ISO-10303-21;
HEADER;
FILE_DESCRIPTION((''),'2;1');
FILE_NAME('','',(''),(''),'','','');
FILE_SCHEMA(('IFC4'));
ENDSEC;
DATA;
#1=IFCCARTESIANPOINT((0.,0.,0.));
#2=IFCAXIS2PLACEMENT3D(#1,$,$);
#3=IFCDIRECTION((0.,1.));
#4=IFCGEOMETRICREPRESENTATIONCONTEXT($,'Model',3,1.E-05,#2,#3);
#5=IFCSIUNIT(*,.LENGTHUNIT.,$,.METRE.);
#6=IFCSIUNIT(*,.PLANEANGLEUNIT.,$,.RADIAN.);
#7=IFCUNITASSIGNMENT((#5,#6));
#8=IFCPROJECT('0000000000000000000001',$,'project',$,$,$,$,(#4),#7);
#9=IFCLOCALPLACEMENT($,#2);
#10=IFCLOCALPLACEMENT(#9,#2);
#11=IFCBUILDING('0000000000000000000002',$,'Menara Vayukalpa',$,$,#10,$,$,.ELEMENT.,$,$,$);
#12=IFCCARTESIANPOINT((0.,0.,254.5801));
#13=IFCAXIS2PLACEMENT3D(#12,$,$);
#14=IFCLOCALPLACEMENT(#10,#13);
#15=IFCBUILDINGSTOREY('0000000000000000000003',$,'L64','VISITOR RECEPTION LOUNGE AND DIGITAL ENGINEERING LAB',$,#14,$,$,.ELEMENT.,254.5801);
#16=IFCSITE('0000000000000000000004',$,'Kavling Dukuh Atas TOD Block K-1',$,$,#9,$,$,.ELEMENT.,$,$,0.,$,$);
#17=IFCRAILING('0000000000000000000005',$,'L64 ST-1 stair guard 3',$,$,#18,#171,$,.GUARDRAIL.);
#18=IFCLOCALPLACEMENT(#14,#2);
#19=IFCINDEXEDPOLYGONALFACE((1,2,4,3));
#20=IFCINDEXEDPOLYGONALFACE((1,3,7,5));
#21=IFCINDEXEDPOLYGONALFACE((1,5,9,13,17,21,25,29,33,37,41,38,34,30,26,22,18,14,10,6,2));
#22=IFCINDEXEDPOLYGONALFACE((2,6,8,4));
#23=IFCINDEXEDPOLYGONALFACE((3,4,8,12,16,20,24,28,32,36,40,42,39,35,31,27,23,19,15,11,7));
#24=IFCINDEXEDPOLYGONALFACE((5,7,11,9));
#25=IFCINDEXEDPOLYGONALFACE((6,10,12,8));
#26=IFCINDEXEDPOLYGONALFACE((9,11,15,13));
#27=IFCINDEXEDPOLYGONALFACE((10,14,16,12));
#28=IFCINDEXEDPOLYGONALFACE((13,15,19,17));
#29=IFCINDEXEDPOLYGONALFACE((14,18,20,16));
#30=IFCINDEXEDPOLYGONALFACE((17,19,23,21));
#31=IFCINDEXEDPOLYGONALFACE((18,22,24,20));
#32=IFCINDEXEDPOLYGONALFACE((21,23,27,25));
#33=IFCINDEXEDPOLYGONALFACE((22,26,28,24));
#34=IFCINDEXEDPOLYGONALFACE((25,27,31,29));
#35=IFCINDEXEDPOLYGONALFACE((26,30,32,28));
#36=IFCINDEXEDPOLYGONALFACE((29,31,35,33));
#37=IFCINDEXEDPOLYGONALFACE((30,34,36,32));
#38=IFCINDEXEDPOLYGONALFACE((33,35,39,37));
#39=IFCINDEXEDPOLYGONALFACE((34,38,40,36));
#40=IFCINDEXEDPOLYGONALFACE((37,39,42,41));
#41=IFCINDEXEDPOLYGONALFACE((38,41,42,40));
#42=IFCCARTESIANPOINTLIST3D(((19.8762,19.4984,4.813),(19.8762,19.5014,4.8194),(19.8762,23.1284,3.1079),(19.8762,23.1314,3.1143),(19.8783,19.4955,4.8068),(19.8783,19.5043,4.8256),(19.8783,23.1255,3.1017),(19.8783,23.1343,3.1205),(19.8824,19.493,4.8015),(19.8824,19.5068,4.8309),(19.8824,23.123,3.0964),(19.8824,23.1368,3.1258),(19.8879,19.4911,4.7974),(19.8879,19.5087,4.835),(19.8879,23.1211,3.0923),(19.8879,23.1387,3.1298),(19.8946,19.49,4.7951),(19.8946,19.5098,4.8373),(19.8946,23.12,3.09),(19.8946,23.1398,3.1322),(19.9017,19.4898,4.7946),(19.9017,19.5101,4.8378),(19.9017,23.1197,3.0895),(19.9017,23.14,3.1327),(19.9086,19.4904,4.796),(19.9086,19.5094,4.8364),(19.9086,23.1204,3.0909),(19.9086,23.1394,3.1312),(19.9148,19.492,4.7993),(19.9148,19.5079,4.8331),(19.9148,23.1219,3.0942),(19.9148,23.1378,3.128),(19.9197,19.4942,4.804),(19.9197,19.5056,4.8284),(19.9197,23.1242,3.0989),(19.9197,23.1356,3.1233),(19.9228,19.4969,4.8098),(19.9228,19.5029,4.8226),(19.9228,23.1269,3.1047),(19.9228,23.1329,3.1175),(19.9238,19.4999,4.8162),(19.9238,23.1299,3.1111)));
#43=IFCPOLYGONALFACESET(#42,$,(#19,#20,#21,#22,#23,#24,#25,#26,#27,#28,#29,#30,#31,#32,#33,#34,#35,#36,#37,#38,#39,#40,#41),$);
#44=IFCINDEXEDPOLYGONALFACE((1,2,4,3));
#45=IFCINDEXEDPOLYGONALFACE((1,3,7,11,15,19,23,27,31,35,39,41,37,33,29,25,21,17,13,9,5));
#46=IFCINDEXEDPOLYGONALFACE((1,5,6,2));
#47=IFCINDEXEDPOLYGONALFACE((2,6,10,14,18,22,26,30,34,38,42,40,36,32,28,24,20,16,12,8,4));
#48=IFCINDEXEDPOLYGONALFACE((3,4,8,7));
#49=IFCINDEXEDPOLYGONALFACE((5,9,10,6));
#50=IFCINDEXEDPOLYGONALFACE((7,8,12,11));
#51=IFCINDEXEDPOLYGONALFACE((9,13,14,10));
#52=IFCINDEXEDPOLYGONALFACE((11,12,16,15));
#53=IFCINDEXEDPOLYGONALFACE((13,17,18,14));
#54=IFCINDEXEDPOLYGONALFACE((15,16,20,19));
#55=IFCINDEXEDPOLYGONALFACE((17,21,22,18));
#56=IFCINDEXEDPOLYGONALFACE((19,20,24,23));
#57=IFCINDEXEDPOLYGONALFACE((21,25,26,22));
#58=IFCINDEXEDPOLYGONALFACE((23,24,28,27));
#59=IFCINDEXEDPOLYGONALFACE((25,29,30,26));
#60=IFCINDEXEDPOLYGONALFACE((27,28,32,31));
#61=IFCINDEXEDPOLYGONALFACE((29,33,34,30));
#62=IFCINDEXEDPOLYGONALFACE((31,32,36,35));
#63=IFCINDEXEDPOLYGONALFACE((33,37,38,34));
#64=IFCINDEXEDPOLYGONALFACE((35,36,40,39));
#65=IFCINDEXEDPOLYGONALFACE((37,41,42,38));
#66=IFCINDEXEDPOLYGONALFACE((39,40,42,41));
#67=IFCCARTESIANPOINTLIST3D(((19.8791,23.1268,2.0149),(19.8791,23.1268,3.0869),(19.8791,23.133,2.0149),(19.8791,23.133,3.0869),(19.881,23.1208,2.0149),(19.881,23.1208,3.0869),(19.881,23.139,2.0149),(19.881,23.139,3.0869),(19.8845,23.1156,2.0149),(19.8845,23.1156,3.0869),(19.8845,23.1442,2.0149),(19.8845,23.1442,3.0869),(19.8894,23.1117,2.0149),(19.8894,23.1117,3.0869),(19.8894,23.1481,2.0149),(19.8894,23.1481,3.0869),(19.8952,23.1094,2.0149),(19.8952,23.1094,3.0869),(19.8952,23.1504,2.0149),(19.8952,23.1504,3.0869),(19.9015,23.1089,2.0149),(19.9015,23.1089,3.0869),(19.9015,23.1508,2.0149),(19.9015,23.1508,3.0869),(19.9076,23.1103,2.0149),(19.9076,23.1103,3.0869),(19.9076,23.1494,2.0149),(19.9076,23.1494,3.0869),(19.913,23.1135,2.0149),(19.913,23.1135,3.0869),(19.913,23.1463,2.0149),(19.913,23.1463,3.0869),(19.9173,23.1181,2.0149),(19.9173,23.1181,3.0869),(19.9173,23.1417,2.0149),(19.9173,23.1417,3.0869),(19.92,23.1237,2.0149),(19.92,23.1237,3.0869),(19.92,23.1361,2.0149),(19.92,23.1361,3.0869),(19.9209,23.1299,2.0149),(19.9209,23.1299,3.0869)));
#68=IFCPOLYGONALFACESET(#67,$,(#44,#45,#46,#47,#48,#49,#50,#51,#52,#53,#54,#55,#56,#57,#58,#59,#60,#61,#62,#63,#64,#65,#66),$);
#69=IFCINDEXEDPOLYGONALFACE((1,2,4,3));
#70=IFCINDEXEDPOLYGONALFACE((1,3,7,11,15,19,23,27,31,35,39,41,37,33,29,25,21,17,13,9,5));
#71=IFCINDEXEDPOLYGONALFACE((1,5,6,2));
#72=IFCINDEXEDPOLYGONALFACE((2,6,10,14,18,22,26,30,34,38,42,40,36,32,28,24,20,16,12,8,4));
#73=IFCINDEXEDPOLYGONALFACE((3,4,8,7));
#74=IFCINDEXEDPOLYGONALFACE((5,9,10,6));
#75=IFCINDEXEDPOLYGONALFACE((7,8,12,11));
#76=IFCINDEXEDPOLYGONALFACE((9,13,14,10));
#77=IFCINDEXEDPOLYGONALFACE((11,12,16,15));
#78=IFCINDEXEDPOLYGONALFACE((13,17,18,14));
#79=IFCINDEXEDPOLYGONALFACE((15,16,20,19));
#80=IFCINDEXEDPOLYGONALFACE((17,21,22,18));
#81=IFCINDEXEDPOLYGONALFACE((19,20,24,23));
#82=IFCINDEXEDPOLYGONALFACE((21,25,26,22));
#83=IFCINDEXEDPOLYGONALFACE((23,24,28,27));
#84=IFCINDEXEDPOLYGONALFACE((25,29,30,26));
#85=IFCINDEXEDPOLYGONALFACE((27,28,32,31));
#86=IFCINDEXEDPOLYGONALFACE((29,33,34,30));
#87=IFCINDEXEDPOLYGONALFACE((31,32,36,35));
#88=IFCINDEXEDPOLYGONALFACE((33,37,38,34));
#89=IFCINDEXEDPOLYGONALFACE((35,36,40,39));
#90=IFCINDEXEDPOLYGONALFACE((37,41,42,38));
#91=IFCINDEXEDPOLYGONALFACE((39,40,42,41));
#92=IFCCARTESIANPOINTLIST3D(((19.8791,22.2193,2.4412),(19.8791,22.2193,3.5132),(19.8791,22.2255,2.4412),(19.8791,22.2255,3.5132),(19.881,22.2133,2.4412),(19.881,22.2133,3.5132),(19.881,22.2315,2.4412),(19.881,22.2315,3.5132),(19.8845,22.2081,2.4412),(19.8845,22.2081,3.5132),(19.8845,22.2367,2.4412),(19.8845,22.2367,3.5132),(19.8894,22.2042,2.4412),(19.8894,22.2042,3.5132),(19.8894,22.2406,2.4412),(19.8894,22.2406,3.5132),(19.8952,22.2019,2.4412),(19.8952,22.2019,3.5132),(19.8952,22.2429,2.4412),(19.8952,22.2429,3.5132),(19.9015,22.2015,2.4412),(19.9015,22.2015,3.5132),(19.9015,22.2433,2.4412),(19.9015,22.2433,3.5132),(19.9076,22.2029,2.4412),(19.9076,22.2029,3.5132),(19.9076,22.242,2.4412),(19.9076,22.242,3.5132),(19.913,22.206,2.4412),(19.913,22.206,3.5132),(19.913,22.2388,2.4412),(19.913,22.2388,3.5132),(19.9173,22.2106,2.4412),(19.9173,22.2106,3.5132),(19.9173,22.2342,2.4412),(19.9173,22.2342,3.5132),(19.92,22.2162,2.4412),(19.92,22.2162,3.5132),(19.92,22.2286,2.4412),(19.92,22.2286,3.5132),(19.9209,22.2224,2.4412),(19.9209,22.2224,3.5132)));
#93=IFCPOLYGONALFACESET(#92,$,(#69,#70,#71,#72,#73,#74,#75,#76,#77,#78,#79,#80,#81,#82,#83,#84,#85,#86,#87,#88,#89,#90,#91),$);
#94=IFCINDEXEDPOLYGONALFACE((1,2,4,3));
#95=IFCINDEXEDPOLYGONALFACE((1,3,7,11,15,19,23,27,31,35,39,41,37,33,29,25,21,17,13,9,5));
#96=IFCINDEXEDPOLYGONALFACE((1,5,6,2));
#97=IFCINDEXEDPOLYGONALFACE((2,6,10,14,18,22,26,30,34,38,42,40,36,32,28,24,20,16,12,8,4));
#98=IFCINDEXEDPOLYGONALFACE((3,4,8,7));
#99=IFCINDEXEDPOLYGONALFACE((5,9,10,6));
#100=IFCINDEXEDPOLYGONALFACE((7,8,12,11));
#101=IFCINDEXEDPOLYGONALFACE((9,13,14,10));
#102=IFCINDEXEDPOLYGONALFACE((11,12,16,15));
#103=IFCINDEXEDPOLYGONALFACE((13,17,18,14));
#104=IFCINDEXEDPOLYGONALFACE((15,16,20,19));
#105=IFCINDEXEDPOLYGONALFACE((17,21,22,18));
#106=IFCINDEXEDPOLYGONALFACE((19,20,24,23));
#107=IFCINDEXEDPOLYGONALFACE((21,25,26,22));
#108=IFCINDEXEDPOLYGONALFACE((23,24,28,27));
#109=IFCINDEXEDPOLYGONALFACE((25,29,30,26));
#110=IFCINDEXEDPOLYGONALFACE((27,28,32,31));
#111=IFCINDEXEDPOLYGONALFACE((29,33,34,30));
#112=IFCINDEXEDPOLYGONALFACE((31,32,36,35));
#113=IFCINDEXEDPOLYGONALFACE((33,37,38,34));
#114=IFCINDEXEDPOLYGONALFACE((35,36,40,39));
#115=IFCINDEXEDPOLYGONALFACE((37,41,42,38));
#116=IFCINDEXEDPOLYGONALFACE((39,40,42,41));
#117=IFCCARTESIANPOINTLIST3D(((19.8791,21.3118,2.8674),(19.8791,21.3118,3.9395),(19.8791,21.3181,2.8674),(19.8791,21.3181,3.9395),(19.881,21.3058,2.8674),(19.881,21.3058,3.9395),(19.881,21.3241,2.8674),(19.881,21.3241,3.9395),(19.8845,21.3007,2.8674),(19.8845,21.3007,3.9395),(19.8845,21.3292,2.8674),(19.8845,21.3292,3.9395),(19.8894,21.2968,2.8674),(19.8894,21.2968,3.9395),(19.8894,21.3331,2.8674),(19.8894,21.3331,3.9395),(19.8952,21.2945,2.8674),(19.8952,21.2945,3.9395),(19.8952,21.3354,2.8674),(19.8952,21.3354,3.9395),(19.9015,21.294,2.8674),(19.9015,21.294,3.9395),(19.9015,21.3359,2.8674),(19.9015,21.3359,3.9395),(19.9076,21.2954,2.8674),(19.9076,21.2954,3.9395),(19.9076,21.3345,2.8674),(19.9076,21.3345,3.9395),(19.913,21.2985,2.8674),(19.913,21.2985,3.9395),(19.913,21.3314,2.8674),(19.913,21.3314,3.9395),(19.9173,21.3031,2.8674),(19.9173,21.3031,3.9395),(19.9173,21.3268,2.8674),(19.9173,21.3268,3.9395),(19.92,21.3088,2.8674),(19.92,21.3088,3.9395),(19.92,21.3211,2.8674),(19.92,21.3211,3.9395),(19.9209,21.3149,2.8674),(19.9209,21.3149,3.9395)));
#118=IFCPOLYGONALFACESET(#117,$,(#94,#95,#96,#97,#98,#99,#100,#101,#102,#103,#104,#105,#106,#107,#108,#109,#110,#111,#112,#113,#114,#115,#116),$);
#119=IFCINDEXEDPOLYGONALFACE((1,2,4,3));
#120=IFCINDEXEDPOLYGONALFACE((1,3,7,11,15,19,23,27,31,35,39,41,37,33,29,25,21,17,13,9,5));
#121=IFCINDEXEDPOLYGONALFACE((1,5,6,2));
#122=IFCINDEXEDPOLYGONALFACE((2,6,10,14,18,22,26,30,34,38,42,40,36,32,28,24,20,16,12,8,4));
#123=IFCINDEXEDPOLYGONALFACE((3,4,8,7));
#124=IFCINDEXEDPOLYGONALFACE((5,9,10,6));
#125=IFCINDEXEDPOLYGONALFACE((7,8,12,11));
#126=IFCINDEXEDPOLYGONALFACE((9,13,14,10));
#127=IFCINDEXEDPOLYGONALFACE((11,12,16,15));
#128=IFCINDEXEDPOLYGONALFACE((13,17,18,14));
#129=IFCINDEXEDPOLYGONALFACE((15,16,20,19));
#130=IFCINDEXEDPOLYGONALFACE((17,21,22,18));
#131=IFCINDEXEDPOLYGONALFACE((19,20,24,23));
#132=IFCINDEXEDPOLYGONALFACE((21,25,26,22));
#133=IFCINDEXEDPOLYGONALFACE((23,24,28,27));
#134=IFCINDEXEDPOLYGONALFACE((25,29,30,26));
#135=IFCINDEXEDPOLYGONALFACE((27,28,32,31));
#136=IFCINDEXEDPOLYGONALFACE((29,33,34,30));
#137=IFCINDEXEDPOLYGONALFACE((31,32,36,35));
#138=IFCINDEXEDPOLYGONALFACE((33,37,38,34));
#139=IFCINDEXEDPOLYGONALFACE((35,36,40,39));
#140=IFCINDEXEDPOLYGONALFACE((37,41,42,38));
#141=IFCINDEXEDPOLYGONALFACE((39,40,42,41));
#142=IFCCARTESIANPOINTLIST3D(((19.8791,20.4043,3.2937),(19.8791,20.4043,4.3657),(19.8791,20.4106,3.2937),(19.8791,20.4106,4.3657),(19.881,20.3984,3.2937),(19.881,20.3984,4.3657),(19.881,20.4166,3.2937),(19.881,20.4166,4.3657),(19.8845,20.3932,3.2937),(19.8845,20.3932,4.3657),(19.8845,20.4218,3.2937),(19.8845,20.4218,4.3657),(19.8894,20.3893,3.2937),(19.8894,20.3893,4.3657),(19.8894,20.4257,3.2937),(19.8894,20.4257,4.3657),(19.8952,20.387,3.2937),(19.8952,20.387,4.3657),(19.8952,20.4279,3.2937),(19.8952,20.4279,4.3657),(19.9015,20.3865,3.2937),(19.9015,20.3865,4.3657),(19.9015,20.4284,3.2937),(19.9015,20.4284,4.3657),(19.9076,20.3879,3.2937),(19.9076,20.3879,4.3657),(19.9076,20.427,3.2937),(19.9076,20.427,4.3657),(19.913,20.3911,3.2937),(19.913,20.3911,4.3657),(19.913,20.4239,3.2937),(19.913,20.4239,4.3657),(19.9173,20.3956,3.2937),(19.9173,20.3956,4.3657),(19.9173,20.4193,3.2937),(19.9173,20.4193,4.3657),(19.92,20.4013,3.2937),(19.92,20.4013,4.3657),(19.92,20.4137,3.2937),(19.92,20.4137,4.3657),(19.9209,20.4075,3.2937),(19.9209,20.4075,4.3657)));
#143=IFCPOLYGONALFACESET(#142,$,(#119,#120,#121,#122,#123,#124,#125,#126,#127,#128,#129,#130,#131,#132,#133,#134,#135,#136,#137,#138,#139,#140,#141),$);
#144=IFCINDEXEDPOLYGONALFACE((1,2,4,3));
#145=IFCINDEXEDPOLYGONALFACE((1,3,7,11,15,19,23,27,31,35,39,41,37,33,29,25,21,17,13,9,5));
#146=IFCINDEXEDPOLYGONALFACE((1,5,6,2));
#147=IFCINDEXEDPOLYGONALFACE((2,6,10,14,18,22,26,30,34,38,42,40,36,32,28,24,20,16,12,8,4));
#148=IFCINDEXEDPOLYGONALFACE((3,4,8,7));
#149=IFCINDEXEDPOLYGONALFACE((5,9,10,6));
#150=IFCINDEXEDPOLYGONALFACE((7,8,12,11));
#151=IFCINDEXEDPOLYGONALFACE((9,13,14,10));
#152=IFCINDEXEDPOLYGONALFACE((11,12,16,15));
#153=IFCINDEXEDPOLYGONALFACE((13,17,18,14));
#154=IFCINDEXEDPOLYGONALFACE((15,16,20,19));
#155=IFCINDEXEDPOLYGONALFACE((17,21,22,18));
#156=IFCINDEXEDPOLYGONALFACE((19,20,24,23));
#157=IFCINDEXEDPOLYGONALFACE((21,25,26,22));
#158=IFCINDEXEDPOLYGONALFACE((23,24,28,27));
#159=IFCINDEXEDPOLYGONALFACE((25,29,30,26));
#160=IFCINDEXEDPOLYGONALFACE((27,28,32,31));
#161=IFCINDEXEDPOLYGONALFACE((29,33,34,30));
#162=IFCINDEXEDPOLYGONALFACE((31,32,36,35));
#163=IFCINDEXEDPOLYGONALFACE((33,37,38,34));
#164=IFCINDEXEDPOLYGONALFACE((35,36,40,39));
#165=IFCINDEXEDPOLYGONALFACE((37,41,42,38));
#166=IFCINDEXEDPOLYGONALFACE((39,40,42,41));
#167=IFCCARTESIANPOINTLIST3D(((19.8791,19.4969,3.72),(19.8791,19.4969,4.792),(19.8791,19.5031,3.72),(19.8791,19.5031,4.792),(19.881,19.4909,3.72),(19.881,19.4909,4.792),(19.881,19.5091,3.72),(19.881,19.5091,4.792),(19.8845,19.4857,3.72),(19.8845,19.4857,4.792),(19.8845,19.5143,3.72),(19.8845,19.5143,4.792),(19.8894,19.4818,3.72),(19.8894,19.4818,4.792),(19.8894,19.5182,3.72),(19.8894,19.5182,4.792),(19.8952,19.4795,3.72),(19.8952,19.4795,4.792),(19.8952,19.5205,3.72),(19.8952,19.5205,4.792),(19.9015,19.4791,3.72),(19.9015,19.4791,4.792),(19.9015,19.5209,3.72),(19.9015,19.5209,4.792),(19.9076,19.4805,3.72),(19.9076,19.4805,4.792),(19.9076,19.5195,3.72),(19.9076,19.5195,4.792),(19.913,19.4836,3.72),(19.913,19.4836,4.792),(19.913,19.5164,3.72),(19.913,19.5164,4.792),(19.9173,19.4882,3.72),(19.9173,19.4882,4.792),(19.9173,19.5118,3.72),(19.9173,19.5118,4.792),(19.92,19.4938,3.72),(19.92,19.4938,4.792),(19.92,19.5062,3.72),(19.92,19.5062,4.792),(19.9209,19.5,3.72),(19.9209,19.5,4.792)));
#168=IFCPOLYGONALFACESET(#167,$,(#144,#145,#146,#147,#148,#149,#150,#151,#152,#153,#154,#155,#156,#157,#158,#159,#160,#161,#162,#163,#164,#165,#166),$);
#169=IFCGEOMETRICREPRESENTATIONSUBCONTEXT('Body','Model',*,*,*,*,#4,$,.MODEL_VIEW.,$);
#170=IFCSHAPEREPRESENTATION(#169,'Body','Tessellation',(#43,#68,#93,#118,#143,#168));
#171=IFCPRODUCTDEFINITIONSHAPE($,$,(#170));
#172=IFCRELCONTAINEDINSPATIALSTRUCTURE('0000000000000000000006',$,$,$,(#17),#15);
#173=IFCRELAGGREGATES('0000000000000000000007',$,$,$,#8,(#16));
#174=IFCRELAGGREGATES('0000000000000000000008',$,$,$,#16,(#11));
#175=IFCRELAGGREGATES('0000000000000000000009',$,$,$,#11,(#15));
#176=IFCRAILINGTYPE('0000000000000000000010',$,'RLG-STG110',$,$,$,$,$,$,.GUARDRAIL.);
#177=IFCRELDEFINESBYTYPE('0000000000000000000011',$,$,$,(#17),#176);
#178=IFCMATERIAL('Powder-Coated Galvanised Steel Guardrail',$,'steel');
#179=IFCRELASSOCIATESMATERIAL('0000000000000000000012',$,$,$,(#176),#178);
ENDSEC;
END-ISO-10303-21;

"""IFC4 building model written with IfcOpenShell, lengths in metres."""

from ifc_helpers import new_model, si_unit, direction, frame, origin, origin_2d, place, context, subcontext, project, spatial, circle, extrude, material, type_object, element, save


model = new_model("IFC4")

# Units and contexts
model_context = context("Model", 3, precision=1e-05, world=origin(), true_north=direction((0.0, 1.0)))
body_context = subcontext(model_context, "Body", "Model", "MODEL_VIEW")
ifc_project = project(units=[si_unit("LENGTHUNIT", "METRE"), si_unit("PLANEANGLEUNIT", "RADIAN")], contexts=[model_context])

# Site, building, storey
site_placement = place(None, origin())
site = spatial("IfcSite", under=ifc_project, at=site_placement, Name="Kavling Dukuh Atas TOD Block K-1", CompositionType="ELEMENT", RefElevation=0.0)
building_placement = place(site_placement, origin())
building = spatial("IfcBuilding", under=site, at=building_placement, Name="Menara Vayukalpa", CompositionType="ELEMENT")
storey_placement = place(building_placement, frame((0.0, 0.0, 254.5801)))
storey = spatial("IfcBuildingStorey", under=building, at=storey_placement, Name="L64", Description="VISITOR RECEPTION LOUNGE AND DIGITAL ENGINEERING LAB", CompositionType="ELEMENT", Elevation=254.5801)

# Railing
ifc_material_1 = material(Name="Powder-Coated Galvanised Steel Guardrail", Category="steel")
railing_type_1 = type_object("IfcRailingType", Name="RLG-STG110", PredefinedType="GUARDRAIL", material=ifc_material_1)
railing_1_placement = place(storey_placement, frame((19.8999, 23.1299, 2.0149)))
element("IfcRailing", 1, at=railing_1_placement, inside=storey, type_object=railing_type_1, Name="L64 ST-1 stair guard 3", PredefinedType="GUARDRAIL", context=body_context, shape_type="SweptSolid", body=[
    extrude(circle(Radius=0.0239, at=origin_2d()), frame((0.0, 0.0, 1.0962), z_axis=(0.0, -0.905116, 0.425164), x_axis=(1.0, 0.0, 0.0)), (0.0, 0.0, 1.0), 4.0105),
    extrude(circle(Radius=0.021, at=origin_2d()), origin(), (0.0, 0.0, 1.0), 1.072),
    extrude(circle(Radius=0.021, at=origin_2d()), frame((0.0, -0.9075, 0.4263)), (0.0, 0.0, 1.0), 1.072),
    extrude(circle(Radius=0.021, at=origin_2d()), frame((0.0, -1.8149, 0.8525)), (0.0, 0.0, 1.0), 1.072),
    extrude(circle(Radius=0.021, at=origin_2d()), frame((0.0, -2.7224, 1.2788)), (0.0, 0.0, 1.0), 1.072),
    extrude(circle(Radius=0.021, at=origin_2d()), frame((0.0, -3.6299, 1.7051)), (0.0, 0.0, 1.0), 1.072),
])

save(model, "model.ifc")
